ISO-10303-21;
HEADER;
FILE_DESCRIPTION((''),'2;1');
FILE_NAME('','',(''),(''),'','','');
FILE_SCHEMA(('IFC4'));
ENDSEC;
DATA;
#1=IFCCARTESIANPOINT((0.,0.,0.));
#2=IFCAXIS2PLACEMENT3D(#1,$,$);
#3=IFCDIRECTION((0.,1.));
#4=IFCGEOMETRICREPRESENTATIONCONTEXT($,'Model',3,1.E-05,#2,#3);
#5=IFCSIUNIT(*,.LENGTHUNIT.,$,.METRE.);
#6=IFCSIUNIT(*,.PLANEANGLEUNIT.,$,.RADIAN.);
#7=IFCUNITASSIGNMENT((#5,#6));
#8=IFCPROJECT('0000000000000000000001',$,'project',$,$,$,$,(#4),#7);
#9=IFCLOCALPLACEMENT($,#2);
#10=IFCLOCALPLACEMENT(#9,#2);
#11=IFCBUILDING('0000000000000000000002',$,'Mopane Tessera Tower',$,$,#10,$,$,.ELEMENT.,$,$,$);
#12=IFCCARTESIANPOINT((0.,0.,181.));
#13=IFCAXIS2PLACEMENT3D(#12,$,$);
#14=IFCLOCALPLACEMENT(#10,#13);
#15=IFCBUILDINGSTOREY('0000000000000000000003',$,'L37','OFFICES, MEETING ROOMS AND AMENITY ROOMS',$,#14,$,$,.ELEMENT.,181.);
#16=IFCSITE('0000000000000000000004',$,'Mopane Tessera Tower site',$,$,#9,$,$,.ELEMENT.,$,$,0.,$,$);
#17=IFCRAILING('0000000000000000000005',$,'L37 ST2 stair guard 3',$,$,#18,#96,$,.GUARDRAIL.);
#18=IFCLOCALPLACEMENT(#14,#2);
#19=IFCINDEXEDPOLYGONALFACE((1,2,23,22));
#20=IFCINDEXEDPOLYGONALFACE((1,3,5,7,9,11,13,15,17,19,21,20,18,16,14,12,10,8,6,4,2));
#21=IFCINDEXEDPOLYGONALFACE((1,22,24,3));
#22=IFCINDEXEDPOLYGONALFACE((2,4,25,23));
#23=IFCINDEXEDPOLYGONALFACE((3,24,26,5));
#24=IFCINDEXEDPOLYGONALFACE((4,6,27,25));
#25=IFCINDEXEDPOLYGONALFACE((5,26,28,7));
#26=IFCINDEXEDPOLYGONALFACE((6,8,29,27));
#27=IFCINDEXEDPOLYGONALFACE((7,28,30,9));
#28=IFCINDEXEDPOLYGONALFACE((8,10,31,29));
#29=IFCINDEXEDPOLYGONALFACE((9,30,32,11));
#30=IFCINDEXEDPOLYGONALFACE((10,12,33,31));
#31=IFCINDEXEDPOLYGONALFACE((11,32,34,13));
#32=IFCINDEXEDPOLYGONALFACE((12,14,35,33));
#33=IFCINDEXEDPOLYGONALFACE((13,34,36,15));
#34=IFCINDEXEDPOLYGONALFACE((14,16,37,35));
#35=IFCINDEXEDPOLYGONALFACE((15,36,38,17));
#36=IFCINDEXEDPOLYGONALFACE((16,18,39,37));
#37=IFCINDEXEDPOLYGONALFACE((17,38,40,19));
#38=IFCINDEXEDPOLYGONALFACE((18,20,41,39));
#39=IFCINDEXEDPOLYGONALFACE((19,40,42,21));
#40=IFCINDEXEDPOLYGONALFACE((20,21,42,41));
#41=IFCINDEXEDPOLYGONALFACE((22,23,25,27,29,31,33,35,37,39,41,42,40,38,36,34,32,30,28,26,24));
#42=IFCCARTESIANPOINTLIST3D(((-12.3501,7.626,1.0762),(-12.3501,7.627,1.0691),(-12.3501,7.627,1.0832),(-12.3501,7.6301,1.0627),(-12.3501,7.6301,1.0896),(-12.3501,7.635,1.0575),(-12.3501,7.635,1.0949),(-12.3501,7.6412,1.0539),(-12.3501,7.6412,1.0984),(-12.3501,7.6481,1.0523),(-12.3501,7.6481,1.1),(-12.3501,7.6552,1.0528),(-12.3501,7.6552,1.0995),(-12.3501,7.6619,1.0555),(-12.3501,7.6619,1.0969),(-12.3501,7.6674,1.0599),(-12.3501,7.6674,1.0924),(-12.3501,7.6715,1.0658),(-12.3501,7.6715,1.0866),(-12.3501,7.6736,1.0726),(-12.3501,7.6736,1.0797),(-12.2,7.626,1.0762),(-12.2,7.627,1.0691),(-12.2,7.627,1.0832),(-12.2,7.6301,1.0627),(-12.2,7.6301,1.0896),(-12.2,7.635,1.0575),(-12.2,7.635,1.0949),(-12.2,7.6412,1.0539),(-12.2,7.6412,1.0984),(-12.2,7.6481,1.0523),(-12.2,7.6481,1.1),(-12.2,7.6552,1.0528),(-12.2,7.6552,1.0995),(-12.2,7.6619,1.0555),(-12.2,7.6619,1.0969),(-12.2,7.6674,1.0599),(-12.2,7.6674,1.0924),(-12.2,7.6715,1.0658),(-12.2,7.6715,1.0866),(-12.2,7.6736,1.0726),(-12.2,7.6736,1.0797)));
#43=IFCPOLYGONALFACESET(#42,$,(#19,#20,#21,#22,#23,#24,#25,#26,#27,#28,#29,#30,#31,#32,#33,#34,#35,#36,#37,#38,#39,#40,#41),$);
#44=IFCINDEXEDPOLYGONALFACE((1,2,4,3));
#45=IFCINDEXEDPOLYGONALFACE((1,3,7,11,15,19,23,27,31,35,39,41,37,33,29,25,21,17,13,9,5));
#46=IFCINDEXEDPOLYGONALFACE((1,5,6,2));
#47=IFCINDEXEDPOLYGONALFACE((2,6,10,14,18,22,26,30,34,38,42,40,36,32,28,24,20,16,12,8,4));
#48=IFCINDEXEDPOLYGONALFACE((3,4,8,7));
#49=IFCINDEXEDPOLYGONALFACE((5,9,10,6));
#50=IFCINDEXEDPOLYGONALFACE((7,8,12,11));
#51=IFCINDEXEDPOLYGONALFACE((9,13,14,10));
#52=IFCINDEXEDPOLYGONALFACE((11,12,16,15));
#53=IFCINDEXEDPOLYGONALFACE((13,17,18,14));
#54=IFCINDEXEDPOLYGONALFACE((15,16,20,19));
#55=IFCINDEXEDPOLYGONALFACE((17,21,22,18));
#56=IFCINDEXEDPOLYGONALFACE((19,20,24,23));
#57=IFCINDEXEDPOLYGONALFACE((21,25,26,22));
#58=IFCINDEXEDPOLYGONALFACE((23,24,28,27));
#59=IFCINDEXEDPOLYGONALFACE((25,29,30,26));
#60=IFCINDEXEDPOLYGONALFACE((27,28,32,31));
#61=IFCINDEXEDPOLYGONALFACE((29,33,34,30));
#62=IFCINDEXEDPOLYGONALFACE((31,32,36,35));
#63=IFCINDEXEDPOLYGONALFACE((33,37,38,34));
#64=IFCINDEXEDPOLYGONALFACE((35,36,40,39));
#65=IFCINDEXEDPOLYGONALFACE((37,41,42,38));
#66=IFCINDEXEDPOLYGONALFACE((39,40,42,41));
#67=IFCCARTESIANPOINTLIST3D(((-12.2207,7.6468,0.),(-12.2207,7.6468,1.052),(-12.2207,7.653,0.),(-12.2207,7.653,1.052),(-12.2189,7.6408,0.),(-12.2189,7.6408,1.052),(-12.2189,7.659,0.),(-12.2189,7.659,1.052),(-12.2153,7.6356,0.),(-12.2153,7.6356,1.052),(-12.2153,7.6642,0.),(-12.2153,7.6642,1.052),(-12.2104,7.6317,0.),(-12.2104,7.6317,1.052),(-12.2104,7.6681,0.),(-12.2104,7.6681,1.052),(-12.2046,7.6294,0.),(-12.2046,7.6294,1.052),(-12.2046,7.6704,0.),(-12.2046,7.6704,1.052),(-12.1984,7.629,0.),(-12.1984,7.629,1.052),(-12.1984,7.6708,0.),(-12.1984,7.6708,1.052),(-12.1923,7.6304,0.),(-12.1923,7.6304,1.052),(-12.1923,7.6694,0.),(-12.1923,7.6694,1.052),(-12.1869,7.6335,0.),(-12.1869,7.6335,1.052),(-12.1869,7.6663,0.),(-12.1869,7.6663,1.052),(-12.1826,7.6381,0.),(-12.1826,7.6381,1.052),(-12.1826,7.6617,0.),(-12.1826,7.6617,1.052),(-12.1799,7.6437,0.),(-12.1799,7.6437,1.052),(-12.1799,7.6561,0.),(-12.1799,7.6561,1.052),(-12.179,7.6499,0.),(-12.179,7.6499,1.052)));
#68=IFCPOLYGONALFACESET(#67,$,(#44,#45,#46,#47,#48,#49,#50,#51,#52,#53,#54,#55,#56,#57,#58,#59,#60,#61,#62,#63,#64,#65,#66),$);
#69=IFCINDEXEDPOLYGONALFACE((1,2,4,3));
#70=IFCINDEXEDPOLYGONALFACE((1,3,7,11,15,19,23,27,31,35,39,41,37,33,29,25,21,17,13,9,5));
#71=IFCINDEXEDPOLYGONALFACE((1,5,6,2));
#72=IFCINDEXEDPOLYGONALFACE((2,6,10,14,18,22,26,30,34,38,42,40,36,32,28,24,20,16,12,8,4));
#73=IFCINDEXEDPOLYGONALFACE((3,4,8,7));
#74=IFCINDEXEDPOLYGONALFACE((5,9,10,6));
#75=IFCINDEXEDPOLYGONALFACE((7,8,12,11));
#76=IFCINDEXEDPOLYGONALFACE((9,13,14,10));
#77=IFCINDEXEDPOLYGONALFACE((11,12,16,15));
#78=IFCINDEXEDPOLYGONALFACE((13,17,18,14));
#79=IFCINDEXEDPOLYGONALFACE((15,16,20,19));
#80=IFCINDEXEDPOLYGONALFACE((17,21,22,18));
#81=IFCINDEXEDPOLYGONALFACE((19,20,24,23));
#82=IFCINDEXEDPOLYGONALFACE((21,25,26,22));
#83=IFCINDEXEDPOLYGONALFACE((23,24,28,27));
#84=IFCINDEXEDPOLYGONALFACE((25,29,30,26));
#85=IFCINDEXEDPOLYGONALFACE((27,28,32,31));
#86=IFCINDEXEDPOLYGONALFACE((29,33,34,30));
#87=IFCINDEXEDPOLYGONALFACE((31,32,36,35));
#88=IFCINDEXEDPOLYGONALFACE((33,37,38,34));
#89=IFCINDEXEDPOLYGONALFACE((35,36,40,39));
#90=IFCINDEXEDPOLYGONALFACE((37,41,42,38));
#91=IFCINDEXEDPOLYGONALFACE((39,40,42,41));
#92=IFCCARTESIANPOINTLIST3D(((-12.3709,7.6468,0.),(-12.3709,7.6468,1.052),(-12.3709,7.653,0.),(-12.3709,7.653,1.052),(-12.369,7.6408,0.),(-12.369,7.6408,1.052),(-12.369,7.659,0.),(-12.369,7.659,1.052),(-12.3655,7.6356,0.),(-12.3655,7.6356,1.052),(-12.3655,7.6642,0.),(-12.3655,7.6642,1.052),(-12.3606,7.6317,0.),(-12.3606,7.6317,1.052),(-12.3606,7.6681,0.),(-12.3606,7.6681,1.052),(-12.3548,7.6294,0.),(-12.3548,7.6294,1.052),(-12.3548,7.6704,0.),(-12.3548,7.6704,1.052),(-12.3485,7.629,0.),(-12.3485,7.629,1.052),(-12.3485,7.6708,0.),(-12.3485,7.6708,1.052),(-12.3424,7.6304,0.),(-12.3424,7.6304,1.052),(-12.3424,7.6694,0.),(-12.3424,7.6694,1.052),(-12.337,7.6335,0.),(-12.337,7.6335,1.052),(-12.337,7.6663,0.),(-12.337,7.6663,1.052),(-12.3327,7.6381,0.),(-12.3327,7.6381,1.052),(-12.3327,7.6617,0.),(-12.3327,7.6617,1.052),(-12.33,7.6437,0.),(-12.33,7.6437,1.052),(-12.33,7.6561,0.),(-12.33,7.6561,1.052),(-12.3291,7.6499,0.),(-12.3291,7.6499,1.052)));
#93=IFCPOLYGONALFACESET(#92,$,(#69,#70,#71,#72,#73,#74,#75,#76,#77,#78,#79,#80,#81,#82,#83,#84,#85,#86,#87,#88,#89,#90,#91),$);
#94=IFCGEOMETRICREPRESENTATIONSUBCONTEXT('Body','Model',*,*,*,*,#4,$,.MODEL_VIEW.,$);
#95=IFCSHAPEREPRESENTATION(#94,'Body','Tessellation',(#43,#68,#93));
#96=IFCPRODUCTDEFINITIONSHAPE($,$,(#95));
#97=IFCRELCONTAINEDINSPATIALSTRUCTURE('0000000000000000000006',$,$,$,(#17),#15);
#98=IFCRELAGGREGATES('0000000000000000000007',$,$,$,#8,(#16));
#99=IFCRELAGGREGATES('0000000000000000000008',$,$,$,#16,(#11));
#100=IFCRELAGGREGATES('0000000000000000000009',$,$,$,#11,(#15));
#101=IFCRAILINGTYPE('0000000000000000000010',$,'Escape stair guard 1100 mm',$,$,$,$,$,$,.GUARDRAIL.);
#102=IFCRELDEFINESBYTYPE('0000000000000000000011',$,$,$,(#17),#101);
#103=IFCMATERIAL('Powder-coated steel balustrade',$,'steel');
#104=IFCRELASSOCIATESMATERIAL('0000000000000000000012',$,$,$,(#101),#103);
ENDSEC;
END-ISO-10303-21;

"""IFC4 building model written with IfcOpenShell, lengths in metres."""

from ifc_helpers import new_model, si_unit, direction, frame, origin, origin_2d, place, context, subcontext, project, spatial, circle, extrude, material, type_object, element, save


model = new_model("IFC4")

# Units and contexts
model_context = context("Model", 3, precision=1e-05, world=origin(), true_north=direction((0.0, 1.0)))
body_context = subcontext(model_context, "Body", "Model", "MODEL_VIEW")
ifc_project = project(units=[si_unit("LENGTHUNIT", "METRE"), si_unit("PLANEANGLEUNIT", "RADIAN")], contexts=[model_context])

# Site, building, storey
site_placement = place(None, origin())
site = spatial("IfcSite", under=ifc_project, at=site_placement, Name="Mopane Tessera Tower site", CompositionType="ELEMENT", RefElevation=0.0)
building_placement = place(site_placement, origin())
building = spatial("IfcBuilding", under=site, at=building_placement, Name="Mopane Tessera Tower", CompositionType="ELEMENT")
storey_placement = place(building_placement, frame((0.0, 0.0, 181.0)))
storey = spatial("IfcBuildingStorey", under=building, at=storey_placement, Name="L37", Description="OFFICES, MEETING ROOMS AND AMENITY ROOMS", CompositionType="ELEMENT", Elevation=181.0)

# Railing
ifc_material_1 = material(Name="Powder-coated steel balustrade", Category="steel")
railing_type_1 = type_object("IfcRailingType", Name="Escape stair guard 1100 mm", PredefinedType="GUARDRAIL", material=ifc_material_1)
railing_1_placement = place(storey_placement, frame((-12.2, 7.6499, 0.0)))
element("IfcRailing", 1, at=railing_1_placement, inside=storey, type_object=railing_type_1, Name="L37 ST2 stair guard 3", PredefinedType="GUARDRAIL", context=body_context, shape_type="SweptSolid", body=[
    extrude(circle(Radius=0.0239, at=origin_2d()), frame((0.0, 0.0, 1.0762), z_axis=(-1.0, 0.0, 0.0), x_axis=(0.0, -1.0, 0.0)), (0.0, 0.0, 1.0), 0.1501),
    extrude(circle(Radius=0.021, at=origin_2d()), origin(), (0.0, 0.0, 1.0), 1.052),
    extrude(circle(Radius=0.021, at=origin_2d()), frame((-0.1501, 0.0, 0.0)), (0.0, 0.0, 1.0), 1.052),
])

save(model, "model.ifc")
